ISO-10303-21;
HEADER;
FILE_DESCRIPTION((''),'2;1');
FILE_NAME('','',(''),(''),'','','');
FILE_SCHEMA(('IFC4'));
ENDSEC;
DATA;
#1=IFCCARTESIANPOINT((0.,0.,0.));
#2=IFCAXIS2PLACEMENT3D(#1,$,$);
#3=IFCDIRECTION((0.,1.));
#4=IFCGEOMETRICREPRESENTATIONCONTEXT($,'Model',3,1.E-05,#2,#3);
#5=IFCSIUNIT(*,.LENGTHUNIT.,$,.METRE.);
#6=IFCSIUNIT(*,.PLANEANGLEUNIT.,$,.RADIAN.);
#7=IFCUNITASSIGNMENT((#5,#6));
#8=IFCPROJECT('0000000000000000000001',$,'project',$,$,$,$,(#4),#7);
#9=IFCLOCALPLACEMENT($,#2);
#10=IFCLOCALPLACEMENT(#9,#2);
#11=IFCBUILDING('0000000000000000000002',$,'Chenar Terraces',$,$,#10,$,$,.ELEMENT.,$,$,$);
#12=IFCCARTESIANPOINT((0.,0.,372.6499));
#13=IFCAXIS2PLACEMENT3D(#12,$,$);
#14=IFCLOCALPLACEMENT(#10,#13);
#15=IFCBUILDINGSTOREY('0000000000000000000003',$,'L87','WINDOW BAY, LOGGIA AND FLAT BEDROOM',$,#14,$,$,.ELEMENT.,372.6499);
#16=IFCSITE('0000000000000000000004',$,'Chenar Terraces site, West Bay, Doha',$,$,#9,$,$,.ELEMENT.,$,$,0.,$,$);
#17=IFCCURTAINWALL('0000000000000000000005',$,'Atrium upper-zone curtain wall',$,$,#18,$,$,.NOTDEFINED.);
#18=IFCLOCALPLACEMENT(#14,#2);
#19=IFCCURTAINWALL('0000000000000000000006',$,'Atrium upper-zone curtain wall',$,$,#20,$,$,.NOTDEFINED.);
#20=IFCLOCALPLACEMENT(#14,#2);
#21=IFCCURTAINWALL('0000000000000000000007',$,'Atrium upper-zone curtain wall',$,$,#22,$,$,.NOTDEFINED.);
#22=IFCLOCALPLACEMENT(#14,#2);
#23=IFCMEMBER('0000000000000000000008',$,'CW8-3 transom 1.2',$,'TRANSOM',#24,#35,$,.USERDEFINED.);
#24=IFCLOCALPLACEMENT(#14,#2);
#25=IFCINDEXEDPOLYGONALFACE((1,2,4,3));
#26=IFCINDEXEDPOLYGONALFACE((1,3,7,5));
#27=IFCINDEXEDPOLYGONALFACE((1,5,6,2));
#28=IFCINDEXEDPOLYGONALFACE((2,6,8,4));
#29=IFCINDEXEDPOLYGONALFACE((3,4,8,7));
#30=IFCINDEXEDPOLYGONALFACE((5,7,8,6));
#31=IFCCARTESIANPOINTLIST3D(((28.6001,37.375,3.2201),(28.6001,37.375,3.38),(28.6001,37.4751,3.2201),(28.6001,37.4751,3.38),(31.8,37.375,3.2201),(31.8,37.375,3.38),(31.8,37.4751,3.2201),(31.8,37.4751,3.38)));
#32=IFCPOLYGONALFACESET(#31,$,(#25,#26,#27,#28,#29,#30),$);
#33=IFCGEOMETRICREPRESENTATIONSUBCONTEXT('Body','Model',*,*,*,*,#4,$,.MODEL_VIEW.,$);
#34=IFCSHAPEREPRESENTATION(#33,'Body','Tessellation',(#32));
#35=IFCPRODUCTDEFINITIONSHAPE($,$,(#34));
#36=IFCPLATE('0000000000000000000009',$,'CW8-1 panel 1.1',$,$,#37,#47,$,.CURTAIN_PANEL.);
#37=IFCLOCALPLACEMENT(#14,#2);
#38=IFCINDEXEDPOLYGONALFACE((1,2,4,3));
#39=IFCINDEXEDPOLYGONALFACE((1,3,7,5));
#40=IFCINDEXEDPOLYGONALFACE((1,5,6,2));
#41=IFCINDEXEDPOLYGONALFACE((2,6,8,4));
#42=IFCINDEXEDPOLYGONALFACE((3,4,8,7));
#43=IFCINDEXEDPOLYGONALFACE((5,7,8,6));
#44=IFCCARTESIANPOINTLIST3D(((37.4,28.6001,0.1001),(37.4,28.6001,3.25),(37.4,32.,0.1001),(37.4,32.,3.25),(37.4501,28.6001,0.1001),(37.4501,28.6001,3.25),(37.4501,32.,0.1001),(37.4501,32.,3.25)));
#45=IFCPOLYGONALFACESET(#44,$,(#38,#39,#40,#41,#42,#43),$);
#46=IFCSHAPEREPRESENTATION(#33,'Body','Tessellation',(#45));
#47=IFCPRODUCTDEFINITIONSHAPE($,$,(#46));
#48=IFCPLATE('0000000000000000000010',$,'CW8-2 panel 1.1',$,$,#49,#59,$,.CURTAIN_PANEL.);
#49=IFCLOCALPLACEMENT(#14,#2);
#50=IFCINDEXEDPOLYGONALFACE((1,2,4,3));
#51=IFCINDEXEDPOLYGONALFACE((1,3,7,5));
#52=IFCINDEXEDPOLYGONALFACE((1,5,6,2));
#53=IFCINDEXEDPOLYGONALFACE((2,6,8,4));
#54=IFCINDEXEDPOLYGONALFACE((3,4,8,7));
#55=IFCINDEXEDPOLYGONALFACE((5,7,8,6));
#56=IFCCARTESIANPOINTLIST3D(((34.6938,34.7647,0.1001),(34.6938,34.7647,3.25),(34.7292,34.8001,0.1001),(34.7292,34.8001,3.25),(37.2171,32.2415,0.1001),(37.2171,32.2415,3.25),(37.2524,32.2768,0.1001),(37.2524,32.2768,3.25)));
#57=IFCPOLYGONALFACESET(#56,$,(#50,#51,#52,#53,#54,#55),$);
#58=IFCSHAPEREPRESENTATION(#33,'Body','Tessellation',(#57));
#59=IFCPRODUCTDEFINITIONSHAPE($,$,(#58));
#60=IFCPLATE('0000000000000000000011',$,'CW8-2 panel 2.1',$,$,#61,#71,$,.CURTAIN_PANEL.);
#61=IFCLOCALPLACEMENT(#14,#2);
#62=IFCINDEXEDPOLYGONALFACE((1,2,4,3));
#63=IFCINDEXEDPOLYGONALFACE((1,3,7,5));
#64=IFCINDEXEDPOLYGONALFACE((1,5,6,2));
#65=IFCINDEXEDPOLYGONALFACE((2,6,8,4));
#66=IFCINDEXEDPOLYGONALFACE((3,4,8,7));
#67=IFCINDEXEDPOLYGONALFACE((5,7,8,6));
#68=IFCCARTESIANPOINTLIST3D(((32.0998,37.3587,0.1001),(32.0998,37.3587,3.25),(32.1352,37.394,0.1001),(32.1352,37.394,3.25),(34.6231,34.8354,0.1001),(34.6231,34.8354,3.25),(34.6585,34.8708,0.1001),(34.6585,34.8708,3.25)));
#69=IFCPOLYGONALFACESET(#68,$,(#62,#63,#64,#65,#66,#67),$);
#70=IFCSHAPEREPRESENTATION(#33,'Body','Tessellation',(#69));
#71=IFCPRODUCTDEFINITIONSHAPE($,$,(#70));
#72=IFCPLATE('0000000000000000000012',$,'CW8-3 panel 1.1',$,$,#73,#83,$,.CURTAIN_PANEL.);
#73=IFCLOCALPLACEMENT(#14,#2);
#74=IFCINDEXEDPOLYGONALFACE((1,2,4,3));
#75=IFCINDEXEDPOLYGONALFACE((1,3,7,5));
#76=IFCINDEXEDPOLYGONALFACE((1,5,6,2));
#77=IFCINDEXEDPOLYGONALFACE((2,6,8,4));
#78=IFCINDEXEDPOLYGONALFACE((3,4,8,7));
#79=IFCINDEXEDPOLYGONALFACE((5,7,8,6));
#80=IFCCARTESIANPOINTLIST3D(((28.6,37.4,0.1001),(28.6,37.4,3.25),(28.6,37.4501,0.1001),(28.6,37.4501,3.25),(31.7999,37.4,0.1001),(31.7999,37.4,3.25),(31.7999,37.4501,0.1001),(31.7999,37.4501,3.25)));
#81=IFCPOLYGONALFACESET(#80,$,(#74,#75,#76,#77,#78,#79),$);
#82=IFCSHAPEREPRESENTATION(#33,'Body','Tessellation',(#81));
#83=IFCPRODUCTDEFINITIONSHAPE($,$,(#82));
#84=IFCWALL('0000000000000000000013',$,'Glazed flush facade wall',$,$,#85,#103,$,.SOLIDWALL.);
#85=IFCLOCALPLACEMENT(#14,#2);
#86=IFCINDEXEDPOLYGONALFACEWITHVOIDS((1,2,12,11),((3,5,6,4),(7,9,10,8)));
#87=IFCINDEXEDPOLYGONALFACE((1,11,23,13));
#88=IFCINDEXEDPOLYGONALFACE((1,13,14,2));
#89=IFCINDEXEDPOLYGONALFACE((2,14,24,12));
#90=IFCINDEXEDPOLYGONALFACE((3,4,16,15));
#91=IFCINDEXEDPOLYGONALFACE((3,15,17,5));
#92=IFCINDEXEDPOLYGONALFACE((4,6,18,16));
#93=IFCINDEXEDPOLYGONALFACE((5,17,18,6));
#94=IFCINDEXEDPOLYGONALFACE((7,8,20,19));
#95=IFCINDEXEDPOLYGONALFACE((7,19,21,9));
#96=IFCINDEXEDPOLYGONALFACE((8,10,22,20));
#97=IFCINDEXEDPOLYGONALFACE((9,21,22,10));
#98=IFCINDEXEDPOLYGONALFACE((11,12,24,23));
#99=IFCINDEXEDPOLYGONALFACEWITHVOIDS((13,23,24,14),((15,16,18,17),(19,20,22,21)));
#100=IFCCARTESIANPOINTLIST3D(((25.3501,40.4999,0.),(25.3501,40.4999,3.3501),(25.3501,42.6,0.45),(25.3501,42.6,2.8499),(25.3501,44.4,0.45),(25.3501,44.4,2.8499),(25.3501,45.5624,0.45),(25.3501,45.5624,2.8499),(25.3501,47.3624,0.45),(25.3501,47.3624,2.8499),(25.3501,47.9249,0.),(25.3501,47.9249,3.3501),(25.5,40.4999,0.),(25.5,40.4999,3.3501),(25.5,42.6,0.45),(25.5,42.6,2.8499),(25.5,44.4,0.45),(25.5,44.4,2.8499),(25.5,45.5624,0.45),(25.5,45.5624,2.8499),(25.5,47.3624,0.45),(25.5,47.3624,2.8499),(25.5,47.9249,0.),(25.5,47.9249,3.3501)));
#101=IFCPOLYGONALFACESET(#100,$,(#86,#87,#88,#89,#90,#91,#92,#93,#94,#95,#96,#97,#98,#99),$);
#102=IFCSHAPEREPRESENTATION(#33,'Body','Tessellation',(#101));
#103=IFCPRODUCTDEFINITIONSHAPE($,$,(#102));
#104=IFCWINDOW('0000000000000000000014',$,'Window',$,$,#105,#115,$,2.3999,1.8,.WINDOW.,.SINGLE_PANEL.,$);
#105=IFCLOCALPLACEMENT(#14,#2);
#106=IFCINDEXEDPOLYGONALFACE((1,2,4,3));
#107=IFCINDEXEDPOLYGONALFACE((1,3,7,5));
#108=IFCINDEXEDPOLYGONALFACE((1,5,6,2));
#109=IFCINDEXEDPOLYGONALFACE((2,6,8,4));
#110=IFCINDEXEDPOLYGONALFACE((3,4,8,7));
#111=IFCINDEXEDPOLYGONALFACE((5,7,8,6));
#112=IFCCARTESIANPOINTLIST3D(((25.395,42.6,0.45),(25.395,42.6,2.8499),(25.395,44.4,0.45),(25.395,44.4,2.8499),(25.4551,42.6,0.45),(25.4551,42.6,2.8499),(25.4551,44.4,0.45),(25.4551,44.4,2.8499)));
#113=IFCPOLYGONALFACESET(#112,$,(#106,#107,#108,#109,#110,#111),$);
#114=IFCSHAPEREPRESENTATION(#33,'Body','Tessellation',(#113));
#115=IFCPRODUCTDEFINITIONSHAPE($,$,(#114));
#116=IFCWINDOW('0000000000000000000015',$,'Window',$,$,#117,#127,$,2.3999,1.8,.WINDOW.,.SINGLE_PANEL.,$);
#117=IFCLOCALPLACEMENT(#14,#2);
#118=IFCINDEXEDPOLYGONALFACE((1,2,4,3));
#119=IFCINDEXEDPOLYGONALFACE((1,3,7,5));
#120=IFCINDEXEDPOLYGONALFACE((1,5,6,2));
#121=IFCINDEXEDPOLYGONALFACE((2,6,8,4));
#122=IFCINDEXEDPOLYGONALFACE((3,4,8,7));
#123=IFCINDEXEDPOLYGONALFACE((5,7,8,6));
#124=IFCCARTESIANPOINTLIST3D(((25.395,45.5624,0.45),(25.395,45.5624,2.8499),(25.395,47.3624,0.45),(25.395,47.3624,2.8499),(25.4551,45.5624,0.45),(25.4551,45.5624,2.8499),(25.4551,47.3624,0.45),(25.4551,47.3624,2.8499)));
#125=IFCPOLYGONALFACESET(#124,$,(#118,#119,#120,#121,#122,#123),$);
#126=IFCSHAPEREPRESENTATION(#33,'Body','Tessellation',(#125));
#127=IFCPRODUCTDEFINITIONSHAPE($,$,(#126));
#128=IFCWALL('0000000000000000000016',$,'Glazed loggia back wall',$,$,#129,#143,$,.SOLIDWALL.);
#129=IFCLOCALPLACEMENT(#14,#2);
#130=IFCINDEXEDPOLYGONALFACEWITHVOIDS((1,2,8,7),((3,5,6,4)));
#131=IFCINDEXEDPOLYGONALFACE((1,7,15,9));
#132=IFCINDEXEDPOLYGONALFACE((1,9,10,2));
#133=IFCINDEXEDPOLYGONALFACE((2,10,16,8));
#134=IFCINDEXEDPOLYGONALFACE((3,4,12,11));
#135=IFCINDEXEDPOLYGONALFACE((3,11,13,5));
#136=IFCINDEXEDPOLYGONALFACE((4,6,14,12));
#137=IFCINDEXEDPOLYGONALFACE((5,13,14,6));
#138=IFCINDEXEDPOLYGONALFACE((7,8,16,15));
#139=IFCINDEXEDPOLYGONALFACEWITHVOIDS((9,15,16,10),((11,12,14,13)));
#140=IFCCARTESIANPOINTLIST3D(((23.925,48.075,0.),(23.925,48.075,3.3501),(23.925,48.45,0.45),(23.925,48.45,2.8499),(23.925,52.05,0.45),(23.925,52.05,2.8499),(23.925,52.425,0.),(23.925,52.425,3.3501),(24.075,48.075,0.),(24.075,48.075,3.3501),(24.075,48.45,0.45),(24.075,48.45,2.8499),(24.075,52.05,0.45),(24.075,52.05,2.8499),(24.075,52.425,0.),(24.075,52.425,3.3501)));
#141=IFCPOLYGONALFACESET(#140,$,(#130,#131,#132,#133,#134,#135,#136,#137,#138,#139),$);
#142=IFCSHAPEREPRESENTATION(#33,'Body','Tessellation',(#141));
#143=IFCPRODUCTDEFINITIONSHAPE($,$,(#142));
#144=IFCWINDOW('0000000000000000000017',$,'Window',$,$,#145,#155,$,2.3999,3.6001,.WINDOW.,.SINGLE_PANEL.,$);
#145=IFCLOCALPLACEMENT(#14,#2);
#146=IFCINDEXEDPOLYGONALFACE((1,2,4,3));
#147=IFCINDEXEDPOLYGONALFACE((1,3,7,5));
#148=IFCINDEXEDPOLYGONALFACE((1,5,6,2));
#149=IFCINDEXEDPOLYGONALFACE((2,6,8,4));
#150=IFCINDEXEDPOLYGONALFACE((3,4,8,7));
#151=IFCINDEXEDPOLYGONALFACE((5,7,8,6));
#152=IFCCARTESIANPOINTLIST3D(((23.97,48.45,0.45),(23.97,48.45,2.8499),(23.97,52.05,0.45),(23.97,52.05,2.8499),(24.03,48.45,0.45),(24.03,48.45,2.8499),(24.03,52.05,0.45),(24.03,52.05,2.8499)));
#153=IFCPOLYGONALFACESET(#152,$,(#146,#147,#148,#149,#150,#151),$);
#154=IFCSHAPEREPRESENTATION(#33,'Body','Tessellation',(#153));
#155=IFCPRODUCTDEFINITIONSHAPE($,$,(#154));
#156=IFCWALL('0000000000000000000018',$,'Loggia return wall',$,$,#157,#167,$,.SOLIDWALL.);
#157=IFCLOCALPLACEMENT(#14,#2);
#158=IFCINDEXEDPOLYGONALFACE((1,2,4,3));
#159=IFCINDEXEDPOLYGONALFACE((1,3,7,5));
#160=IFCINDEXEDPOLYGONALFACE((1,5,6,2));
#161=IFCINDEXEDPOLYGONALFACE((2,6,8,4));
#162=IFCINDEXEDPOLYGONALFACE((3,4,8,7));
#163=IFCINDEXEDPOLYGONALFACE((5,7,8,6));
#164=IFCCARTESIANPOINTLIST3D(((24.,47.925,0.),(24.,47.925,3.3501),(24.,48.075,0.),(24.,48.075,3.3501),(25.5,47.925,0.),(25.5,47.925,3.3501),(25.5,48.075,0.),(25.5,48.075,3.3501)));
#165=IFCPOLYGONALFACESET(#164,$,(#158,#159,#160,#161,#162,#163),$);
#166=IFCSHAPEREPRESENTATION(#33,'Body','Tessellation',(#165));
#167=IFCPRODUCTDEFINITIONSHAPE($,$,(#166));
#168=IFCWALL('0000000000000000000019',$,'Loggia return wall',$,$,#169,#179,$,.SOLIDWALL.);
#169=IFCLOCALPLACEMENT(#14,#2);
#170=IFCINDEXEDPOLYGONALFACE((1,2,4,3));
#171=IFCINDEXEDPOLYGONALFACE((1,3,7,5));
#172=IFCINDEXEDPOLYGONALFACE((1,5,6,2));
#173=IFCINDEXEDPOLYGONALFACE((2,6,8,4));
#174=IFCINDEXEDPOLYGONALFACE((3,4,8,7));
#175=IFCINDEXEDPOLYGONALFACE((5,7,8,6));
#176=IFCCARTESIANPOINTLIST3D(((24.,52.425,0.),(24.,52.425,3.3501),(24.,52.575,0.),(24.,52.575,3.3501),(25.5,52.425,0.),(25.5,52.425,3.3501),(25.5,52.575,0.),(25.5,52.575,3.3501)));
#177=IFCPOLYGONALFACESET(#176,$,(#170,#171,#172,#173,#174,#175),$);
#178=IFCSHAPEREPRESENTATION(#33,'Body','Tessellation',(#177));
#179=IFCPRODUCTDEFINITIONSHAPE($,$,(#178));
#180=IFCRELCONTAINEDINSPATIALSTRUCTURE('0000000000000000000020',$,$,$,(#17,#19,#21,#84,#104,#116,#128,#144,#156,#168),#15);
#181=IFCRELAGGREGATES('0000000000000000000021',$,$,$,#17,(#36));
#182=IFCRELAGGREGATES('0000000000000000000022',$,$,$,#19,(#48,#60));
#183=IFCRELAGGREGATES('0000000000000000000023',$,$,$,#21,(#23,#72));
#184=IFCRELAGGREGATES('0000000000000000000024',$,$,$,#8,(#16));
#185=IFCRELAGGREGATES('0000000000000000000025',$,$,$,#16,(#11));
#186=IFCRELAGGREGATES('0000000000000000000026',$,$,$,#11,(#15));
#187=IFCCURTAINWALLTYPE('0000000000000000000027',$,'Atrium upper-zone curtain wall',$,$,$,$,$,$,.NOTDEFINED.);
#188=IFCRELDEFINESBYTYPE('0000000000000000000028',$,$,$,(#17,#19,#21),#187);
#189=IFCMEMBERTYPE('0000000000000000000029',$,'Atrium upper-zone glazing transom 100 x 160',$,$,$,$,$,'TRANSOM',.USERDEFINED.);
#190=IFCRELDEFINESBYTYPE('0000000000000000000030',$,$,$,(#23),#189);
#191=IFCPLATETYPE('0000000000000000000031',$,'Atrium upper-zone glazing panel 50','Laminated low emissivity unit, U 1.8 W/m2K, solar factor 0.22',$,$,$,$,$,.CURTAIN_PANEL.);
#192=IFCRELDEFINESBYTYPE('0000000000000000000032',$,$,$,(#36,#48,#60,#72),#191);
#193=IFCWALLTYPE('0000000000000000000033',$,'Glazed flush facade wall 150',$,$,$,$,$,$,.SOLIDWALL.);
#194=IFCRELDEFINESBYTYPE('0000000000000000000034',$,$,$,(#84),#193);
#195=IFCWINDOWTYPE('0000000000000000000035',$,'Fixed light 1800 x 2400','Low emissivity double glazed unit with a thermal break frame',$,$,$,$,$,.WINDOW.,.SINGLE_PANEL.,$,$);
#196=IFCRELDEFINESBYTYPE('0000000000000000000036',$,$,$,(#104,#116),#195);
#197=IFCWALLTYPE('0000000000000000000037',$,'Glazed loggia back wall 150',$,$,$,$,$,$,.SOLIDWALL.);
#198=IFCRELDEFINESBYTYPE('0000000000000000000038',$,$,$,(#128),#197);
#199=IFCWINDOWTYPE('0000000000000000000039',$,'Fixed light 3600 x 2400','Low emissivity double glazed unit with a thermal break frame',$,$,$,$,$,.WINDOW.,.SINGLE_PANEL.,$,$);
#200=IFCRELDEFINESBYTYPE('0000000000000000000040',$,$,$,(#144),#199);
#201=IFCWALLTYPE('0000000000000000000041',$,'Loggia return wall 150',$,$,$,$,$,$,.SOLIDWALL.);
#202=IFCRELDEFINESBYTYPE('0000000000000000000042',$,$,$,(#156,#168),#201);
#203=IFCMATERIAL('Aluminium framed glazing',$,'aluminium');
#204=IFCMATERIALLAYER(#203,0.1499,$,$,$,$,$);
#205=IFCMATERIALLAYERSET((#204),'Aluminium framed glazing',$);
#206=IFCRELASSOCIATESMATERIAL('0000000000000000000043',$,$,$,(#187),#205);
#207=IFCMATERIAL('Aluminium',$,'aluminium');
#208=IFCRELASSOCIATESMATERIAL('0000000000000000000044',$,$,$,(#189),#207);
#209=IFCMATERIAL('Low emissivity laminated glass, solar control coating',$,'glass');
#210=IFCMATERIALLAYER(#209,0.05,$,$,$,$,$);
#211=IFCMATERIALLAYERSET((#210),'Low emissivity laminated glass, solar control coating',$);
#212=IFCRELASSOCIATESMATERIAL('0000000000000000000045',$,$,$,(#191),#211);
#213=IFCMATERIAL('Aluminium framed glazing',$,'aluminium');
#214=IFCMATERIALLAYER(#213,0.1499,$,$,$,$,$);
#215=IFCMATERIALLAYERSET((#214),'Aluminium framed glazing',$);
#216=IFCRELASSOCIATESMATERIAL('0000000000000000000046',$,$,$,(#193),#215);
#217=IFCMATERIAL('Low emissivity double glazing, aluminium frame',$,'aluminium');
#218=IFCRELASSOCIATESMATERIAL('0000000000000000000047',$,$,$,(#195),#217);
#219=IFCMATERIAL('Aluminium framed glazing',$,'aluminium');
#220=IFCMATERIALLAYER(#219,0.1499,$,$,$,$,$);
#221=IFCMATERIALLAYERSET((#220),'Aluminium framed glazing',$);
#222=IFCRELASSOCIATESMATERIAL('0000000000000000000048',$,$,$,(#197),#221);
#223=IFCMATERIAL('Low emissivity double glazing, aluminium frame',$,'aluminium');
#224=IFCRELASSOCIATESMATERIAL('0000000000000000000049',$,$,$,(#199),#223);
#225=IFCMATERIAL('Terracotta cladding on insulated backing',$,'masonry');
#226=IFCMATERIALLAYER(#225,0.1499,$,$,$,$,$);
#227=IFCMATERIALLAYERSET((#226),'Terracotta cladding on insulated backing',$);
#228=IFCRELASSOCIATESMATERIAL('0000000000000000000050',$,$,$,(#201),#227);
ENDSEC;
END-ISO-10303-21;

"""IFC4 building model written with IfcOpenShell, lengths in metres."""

from ifc_helpers import new_model, si_unit, direction, frame, frame_2d, origin, origin_2d, place, context, subcontext, project, spatial, rectangle, extrude, material, layer, layer_set, material_profile, profile_set, type_object, element, fill, aggregate, save


model = new_model("IFC4")

# Units and contexts
model_context = context("Model", 3, precision=1e-05, world=origin(), true_north=direction((0.0, 1.0)))
body_context = subcontext(model_context, "Body", "Model", "MODEL_VIEW")
ifc_project = project(units=[si_unit("LENGTHUNIT", "METRE"), si_unit("PLANEANGLEUNIT", "RADIAN")], contexts=[model_context])

# Site, building, storey
site_placement = place(None, origin())
site = spatial("IfcSite", under=ifc_project, at=site_placement, Name="Chenar Terraces site, West Bay, Doha", CompositionType="ELEMENT", RefElevation=0.0)
building_placement = place(site_placement, origin())
building = spatial("IfcBuilding", under=site, at=building_placement, Name="Chenar Terraces", CompositionType="ELEMENT")
storey_placement = place(building_placement, frame((0.0, 0.0, 372.6499)))
storey = spatial("IfcBuildingStorey", under=building, at=storey_placement, Name="L87", Description="WINDOW BAY, LOGGIA AND FLAT BEDROOM", CompositionType="ELEMENT", Elevation=372.6499)

# Curtain wall
ifc_material_1 = material(Name="Aluminium framed glazing", Category="aluminium")
ifc_layer_1 = layer(ifc_material_1, 0.1499)
ifc_layer_set_1 = layer_set([ifc_layer_1], Name="Aluminium framed glazing")
curtain_wall_type = type_object("IfcCurtainWallType", Name="Atrium upper-zone curtain wall", PredefinedType="NOTDEFINED", material=ifc_layer_set_1)
placement = place(storey_placement, origin())
curtain_wall_1 = element("IfcCurtainWall", 1, at=placement, inside=storey, type_object=curtain_wall_type, Name="Atrium upper-zone curtain wall", PredefinedType="NOTDEFINED")

# Curtain walls
curtain_wall_2 = element("IfcCurtainWall", 2, at=placement, inside=storey, type_object=curtain_wall_type, Name="Atrium upper-zone curtain wall", PredefinedType="NOTDEFINED")
curtain_wall_3 = element("IfcCurtainWall", 3, at=placement, inside=storey, type_object=curtain_wall_type, Name="Atrium upper-zone curtain wall", PredefinedType="NOTDEFINED")

# Member
ifc_material_2 = material(Name="Aluminium", Category="aluminium")
ifc_material_profile_1 = material_profile(ifc_material_2, rectangle(XDim=0.1001, YDim=0.1599, at=origin_2d()), Name="Atrium upper-zone glazing transom 100 x 160")
ifc_profile_set_1 = profile_set([ifc_material_profile_1], Name="Aluminium")
member_type_1 = type_object("IfcMemberType", Name="Atrium upper-zone glazing transom 100 x 160", ElementType="TRANSOM", PredefinedType="USERDEFINED", material=ifc_profile_set_1)
member_1_placement = place(storey_placement, frame((31.8, 37.425, 3.3), z_axis=(-1.0, 0.0, 0.0), x_axis=(0.0, -1.0, 0.0)))
member_1 = element("IfcMember", 4, at=member_1_placement, type_object=member_type_1, Name="CW8-3 transom 1.2", ObjectType="TRANSOM", PredefinedType="USERDEFINED", context=body_context, shape_type="SweptSolid", body=[
    extrude(rectangle(XDim=0.1001, YDim=0.1599, at=origin_2d()), origin(), (0.0, 0.0, 1.0), 3.2),
])

# Plates
ifc_material_3 = material(Name="Low emissivity laminated glass, solar control coating", Category="glass")
ifc_layer_2 = layer(ifc_material_3, 0.05)
ifc_layer_set_2 = layer_set([ifc_layer_2], Name="Low emissivity laminated glass, solar control coating")
plate_type = type_object("IfcPlateType", Name="Atrium upper-zone glazing panel 50", Description="Laminated low emissivity unit, U 1.8 W/m2K, solar factor 0.22", PredefinedType="CURTAIN_PANEL", material=ifc_layer_set_2)
plate_1_placement = place(storey_placement, frame((37.425, 30.3, 0.1001), z_axis=(0.0, 0.0, 1.0), x_axis=(0.0, 1.0, 0.0)))
plate_1 = element("IfcPlate", 5, at=plate_1_placement, type_object=plate_type, Name="CW8-1 panel 1.1", PredefinedType="CURTAIN_PANEL", context=body_context, shape_type="SweptSolid", body=[
    extrude(rectangle(XDim=3.3999, YDim=0.05, at=origin_2d()), origin(), (0.0, 0.0, 1.0), 3.1499),
])
aggregate(curtain_wall_1, [plate_1])
plate_2_placement = place(storey_placement, frame((35.9731, 33.5208, 0.1001), z_axis=(0.0, 0.0, 1.0), x_axis=(-0.707107, 0.707107, 0.0)))
plate_2 = element("IfcPlate", 6, at=plate_2_placement, type_object=plate_type, Name="CW8-2 panel 1.1", PredefinedType="CURTAIN_PANEL", context=body_context, shape_type="SweptSolid", body=[
    extrude(rectangle(XDim=3.5684, YDim=0.05, at=origin_2d()), origin(), (0.0, 0.0, 1.0), 3.1499),
])
plate_3_placement = place(storey_placement, frame((33.3792, 36.1147, 0.1001), z_axis=(0.0, 0.0, 1.0), x_axis=(-0.707107, 0.707107, 0.0)))
plate_3 = element("IfcPlate", 7, at=plate_3_placement, type_object=plate_type, Name="CW8-2 panel 2.1", PredefinedType="CURTAIN_PANEL", context=body_context, shape_type="SweptSolid", body=[
    extrude(rectangle(XDim=3.5684, YDim=0.05, at=origin_2d()), origin(), (0.0, 0.0, 1.0), 3.1499),
])
aggregate(curtain_wall_2, [plate_2, plate_3])
plate_4_placement = place(storey_placement, frame((30.2, 37.425, 0.1001), z_axis=(0.0, 0.0, 1.0), x_axis=(-1.0, 0.0, 0.0)))
plate_4 = element("IfcPlate", 8, at=plate_4_placement, type_object=plate_type, Name="CW8-3 panel 1.1", PredefinedType="CURTAIN_PANEL", context=body_context, shape_type="SweptSolid", body=[
    extrude(rectangle(XDim=3.2, YDim=0.05, at=origin_2d()), origin(), (0.0, 0.0, 1.0), 3.1499),
])
aggregate(curtain_wall_3, [member_1, plate_4])

# Wall, openings, windows
ifc_material_4 = material(Name="Aluminium framed glazing", Category="aluminium")
ifc_layer_3 = layer(ifc_material_4, 0.1499)
ifc_layer_set_3 = layer_set([ifc_layer_3], Name="Aluminium framed glazing")
wall_type_1 = type_object("IfcWallType", Name="Glazed flush facade wall 150", PredefinedType="SOLIDWALL", material=ifc_layer_set_3)
wall_1_placement = place(storey_placement, frame((25.425, 40.5, 0.0), z_axis=(0.0, 0.0, 1.0), x_axis=(0.0, 1.0, 0.0)))
wall_1 = element("IfcWall", 9, at=wall_1_placement, inside=storey, type_object=wall_type_1, Name="Glazed flush facade wall", PredefinedType="SOLIDWALL", context=body_context, shape_type="SweptSolid", body=[
    extrude(rectangle(XDim=7.425, YDim=0.1499, at=frame_2d((3.7124, 0.0))), origin(), (0.0, 0.0, 1.0), 3.3501),
])
opening_1_placement = place(wall_1_placement, frame((2.1001, 0.0, 0.45)))
opening_1 = element("IfcOpeningElement", 10, at=opening_1_placement, cuts=wall_1, PredefinedType="OPENING", context=body_context, shape_type="SweptSolid", body=[
    extrude(rectangle(XDim=1.8, YDim=2.3999, at=frame_2d((0.8999, 1.2))), frame((0.0, 0.085, 0.0), z_axis=(0.0, -1.0, 0.0), x_axis=(1.0, 0.0, 0.0)), (0.0, 0.0, 1.0), 0.1699),
])
opening_2_placement = place(wall_1_placement, frame((5.0625, 0.0, 0.45)))
opening_2 = element("IfcOpeningElement", 11, at=opening_2_placement, cuts=wall_1, PredefinedType="OPENING", context=body_context, shape_type="SweptSolid", body=[
    extrude(rectangle(XDim=1.8, YDim=2.3999, at=frame_2d((0.8999, 1.2))), frame((0.0, 0.085, 0.0), z_axis=(0.0, -1.0, 0.0), x_axis=(1.0, 0.0, 0.0)), (0.0, 0.0, 1.0), 0.1699),
])
ifc_material_5 = material(Name="Low emissivity double glazing, aluminium frame", Category="aluminium")
window_type_1 = type_object("IfcWindowType", Name="Fixed light 1800 x 2400", Description="Low emissivity double glazed unit with a thermal break frame", PartitioningType="SINGLE_PANEL", PredefinedType="WINDOW", material=ifc_material_5)
window_1_placement = place(opening_1_placement, origin())
window_1 = element("IfcWindow", 12, at=window_1_placement, inside=storey, type_object=window_type_1, Name="Window", OverallHeight=2.3999, OverallWidth=1.8, PartitioningType="SINGLE_PANEL", PredefinedType="WINDOW", context=body_context, shape_type="SweptSolid", body=[
    extrude(rectangle(XDim=1.8, YDim=2.3999, at=frame_2d((0.8999, 1.2))), frame((0.0, 0.03, 0.0), z_axis=(0.0, -1.0, 0.0), x_axis=(1.0, 0.0, 0.0)), (0.0, 0.0, 1.0), 0.0601),
])
fill(opening_1, window_1)
window_2_placement = place(opening_2_placement, origin())
window_2 = element("IfcWindow", 13, at=window_2_placement, inside=storey, type_object=window_type_1, Name="Window", OverallHeight=2.3999, OverallWidth=1.8, PartitioningType="SINGLE_PANEL", PredefinedType="WINDOW", context=body_context, shape_type="SweptSolid", body=[
    extrude(rectangle(XDim=1.8, YDim=2.3999, at=frame_2d((0.8999, 1.2))), frame((0.0, 0.03, 0.0), z_axis=(0.0, -1.0, 0.0), x_axis=(1.0, 0.0, 0.0)), (0.0, 0.0, 1.0), 0.0601),
])
fill(opening_2, window_2)

# Wall, opening, window
ifc_material_6 = material(Name="Aluminium framed glazing", Category="aluminium")
ifc_layer_4 = layer(ifc_material_6, 0.1499)
ifc_layer_set_4 = layer_set([ifc_layer_4], Name="Aluminium framed glazing")
wall_type_2 = type_object("IfcWallType", Name="Glazed loggia back wall 150", PredefinedType="SOLIDWALL", material=ifc_layer_set_4)
wall_2_placement = place(storey_placement, frame((24.0, 48.075, 0.0), z_axis=(0.0, 0.0, 1.0), x_axis=(0.0, 1.0, 0.0)))
wall_2 = element("IfcWall", 14, at=wall_2_placement, inside=storey, type_object=wall_type_2, Name="Glazed loggia back wall", PredefinedType="SOLIDWALL", context=body_context, shape_type="SweptSolid", body=[
    extrude(rectangle(XDim=4.3501, YDim=0.1499, at=frame_2d((2.175, 0.0))), origin(), (0.0, 0.0, 1.0), 3.3501),
])
opening_3_placement = place(wall_2_placement, frame((0.375, 0.0, 0.45)))
opening_3 = element("IfcOpeningElement", 15, at=opening_3_placement, cuts=wall_2, PredefinedType="OPENING", context=body_context, shape_type="SweptSolid", body=[
    extrude(rectangle(XDim=3.6001, YDim=2.3999, at=frame_2d((1.8, 1.2))), frame((0.0, 0.085, 0.0), z_axis=(0.0, -1.0, 0.0), x_axis=(1.0, 0.0, 0.0)), (0.0, 0.0, 1.0), 0.1699),
])
ifc_material_7 = material(Name="Low emissivity double glazing, aluminium frame", Category="aluminium")
window_type_2 = type_object("IfcWindowType", Name="Fixed light 3600 x 2400", Description="Low emissivity double glazed unit with a thermal break frame", PartitioningType="SINGLE_PANEL", PredefinedType="WINDOW", material=ifc_material_7)
window_3_placement = place(opening_3_placement, origin())
window_3 = element("IfcWindow", 16, at=window_3_placement, inside=storey, type_object=window_type_2, Name="Window", OverallHeight=2.3999, OverallWidth=3.6001, PartitioningType="SINGLE_PANEL", PredefinedType="WINDOW", context=body_context, shape_type="SweptSolid", body=[
    extrude(rectangle(XDim=3.6001, YDim=2.3999, at=frame_2d((1.8, 1.2))), frame((0.0, 0.03, 0.0), z_axis=(0.0, -1.0, 0.0), x_axis=(1.0, 0.0, 0.0)), (0.0, 0.0, 1.0), 0.0601),
])
fill(opening_3, window_3)

# Walls
ifc_material_8 = material(Name="Terracotta cladding on insulated backing", Category="masonry")
ifc_layer_5 = layer(ifc_material_8, 0.1499)
ifc_layer_set_5 = layer_set([ifc_layer_5], Name="Terracotta cladding on insulated backing")
wall_type_3 = type_object("IfcWallType", Name="Loggia return wall 150", PredefinedType="SOLIDWALL", material=ifc_layer_set_5)
for number, where, z_axis, x_axis, name in (
    (17, (25.5, 48.0, 0.0), (0.0, 0.0, 1.0), (-1.0, 0.0, 0.0), "Loggia return wall"),
    (18, (25.5, 52.5, 0.0), (0.0, 0.0, 1.0), (-1.0, 0.0, 0.0), "Loggia return wall"),
):
    element("IfcWall", number, at=place(storey_placement, frame(where, z_axis=z_axis, x_axis=x_axis)), inside=storey, type_object=wall_type_3, Name=name, PredefinedType="SOLIDWALL", context=body_context, shape_type="SweptSolid", body=[
        extrude(rectangle(XDim=1.5, YDim=0.1499, at=frame_2d((0.75, 0.0))), origin(), (0.0, 0.0, 1.0), 3.3501),
    ])

save(model, "model.ifc")
